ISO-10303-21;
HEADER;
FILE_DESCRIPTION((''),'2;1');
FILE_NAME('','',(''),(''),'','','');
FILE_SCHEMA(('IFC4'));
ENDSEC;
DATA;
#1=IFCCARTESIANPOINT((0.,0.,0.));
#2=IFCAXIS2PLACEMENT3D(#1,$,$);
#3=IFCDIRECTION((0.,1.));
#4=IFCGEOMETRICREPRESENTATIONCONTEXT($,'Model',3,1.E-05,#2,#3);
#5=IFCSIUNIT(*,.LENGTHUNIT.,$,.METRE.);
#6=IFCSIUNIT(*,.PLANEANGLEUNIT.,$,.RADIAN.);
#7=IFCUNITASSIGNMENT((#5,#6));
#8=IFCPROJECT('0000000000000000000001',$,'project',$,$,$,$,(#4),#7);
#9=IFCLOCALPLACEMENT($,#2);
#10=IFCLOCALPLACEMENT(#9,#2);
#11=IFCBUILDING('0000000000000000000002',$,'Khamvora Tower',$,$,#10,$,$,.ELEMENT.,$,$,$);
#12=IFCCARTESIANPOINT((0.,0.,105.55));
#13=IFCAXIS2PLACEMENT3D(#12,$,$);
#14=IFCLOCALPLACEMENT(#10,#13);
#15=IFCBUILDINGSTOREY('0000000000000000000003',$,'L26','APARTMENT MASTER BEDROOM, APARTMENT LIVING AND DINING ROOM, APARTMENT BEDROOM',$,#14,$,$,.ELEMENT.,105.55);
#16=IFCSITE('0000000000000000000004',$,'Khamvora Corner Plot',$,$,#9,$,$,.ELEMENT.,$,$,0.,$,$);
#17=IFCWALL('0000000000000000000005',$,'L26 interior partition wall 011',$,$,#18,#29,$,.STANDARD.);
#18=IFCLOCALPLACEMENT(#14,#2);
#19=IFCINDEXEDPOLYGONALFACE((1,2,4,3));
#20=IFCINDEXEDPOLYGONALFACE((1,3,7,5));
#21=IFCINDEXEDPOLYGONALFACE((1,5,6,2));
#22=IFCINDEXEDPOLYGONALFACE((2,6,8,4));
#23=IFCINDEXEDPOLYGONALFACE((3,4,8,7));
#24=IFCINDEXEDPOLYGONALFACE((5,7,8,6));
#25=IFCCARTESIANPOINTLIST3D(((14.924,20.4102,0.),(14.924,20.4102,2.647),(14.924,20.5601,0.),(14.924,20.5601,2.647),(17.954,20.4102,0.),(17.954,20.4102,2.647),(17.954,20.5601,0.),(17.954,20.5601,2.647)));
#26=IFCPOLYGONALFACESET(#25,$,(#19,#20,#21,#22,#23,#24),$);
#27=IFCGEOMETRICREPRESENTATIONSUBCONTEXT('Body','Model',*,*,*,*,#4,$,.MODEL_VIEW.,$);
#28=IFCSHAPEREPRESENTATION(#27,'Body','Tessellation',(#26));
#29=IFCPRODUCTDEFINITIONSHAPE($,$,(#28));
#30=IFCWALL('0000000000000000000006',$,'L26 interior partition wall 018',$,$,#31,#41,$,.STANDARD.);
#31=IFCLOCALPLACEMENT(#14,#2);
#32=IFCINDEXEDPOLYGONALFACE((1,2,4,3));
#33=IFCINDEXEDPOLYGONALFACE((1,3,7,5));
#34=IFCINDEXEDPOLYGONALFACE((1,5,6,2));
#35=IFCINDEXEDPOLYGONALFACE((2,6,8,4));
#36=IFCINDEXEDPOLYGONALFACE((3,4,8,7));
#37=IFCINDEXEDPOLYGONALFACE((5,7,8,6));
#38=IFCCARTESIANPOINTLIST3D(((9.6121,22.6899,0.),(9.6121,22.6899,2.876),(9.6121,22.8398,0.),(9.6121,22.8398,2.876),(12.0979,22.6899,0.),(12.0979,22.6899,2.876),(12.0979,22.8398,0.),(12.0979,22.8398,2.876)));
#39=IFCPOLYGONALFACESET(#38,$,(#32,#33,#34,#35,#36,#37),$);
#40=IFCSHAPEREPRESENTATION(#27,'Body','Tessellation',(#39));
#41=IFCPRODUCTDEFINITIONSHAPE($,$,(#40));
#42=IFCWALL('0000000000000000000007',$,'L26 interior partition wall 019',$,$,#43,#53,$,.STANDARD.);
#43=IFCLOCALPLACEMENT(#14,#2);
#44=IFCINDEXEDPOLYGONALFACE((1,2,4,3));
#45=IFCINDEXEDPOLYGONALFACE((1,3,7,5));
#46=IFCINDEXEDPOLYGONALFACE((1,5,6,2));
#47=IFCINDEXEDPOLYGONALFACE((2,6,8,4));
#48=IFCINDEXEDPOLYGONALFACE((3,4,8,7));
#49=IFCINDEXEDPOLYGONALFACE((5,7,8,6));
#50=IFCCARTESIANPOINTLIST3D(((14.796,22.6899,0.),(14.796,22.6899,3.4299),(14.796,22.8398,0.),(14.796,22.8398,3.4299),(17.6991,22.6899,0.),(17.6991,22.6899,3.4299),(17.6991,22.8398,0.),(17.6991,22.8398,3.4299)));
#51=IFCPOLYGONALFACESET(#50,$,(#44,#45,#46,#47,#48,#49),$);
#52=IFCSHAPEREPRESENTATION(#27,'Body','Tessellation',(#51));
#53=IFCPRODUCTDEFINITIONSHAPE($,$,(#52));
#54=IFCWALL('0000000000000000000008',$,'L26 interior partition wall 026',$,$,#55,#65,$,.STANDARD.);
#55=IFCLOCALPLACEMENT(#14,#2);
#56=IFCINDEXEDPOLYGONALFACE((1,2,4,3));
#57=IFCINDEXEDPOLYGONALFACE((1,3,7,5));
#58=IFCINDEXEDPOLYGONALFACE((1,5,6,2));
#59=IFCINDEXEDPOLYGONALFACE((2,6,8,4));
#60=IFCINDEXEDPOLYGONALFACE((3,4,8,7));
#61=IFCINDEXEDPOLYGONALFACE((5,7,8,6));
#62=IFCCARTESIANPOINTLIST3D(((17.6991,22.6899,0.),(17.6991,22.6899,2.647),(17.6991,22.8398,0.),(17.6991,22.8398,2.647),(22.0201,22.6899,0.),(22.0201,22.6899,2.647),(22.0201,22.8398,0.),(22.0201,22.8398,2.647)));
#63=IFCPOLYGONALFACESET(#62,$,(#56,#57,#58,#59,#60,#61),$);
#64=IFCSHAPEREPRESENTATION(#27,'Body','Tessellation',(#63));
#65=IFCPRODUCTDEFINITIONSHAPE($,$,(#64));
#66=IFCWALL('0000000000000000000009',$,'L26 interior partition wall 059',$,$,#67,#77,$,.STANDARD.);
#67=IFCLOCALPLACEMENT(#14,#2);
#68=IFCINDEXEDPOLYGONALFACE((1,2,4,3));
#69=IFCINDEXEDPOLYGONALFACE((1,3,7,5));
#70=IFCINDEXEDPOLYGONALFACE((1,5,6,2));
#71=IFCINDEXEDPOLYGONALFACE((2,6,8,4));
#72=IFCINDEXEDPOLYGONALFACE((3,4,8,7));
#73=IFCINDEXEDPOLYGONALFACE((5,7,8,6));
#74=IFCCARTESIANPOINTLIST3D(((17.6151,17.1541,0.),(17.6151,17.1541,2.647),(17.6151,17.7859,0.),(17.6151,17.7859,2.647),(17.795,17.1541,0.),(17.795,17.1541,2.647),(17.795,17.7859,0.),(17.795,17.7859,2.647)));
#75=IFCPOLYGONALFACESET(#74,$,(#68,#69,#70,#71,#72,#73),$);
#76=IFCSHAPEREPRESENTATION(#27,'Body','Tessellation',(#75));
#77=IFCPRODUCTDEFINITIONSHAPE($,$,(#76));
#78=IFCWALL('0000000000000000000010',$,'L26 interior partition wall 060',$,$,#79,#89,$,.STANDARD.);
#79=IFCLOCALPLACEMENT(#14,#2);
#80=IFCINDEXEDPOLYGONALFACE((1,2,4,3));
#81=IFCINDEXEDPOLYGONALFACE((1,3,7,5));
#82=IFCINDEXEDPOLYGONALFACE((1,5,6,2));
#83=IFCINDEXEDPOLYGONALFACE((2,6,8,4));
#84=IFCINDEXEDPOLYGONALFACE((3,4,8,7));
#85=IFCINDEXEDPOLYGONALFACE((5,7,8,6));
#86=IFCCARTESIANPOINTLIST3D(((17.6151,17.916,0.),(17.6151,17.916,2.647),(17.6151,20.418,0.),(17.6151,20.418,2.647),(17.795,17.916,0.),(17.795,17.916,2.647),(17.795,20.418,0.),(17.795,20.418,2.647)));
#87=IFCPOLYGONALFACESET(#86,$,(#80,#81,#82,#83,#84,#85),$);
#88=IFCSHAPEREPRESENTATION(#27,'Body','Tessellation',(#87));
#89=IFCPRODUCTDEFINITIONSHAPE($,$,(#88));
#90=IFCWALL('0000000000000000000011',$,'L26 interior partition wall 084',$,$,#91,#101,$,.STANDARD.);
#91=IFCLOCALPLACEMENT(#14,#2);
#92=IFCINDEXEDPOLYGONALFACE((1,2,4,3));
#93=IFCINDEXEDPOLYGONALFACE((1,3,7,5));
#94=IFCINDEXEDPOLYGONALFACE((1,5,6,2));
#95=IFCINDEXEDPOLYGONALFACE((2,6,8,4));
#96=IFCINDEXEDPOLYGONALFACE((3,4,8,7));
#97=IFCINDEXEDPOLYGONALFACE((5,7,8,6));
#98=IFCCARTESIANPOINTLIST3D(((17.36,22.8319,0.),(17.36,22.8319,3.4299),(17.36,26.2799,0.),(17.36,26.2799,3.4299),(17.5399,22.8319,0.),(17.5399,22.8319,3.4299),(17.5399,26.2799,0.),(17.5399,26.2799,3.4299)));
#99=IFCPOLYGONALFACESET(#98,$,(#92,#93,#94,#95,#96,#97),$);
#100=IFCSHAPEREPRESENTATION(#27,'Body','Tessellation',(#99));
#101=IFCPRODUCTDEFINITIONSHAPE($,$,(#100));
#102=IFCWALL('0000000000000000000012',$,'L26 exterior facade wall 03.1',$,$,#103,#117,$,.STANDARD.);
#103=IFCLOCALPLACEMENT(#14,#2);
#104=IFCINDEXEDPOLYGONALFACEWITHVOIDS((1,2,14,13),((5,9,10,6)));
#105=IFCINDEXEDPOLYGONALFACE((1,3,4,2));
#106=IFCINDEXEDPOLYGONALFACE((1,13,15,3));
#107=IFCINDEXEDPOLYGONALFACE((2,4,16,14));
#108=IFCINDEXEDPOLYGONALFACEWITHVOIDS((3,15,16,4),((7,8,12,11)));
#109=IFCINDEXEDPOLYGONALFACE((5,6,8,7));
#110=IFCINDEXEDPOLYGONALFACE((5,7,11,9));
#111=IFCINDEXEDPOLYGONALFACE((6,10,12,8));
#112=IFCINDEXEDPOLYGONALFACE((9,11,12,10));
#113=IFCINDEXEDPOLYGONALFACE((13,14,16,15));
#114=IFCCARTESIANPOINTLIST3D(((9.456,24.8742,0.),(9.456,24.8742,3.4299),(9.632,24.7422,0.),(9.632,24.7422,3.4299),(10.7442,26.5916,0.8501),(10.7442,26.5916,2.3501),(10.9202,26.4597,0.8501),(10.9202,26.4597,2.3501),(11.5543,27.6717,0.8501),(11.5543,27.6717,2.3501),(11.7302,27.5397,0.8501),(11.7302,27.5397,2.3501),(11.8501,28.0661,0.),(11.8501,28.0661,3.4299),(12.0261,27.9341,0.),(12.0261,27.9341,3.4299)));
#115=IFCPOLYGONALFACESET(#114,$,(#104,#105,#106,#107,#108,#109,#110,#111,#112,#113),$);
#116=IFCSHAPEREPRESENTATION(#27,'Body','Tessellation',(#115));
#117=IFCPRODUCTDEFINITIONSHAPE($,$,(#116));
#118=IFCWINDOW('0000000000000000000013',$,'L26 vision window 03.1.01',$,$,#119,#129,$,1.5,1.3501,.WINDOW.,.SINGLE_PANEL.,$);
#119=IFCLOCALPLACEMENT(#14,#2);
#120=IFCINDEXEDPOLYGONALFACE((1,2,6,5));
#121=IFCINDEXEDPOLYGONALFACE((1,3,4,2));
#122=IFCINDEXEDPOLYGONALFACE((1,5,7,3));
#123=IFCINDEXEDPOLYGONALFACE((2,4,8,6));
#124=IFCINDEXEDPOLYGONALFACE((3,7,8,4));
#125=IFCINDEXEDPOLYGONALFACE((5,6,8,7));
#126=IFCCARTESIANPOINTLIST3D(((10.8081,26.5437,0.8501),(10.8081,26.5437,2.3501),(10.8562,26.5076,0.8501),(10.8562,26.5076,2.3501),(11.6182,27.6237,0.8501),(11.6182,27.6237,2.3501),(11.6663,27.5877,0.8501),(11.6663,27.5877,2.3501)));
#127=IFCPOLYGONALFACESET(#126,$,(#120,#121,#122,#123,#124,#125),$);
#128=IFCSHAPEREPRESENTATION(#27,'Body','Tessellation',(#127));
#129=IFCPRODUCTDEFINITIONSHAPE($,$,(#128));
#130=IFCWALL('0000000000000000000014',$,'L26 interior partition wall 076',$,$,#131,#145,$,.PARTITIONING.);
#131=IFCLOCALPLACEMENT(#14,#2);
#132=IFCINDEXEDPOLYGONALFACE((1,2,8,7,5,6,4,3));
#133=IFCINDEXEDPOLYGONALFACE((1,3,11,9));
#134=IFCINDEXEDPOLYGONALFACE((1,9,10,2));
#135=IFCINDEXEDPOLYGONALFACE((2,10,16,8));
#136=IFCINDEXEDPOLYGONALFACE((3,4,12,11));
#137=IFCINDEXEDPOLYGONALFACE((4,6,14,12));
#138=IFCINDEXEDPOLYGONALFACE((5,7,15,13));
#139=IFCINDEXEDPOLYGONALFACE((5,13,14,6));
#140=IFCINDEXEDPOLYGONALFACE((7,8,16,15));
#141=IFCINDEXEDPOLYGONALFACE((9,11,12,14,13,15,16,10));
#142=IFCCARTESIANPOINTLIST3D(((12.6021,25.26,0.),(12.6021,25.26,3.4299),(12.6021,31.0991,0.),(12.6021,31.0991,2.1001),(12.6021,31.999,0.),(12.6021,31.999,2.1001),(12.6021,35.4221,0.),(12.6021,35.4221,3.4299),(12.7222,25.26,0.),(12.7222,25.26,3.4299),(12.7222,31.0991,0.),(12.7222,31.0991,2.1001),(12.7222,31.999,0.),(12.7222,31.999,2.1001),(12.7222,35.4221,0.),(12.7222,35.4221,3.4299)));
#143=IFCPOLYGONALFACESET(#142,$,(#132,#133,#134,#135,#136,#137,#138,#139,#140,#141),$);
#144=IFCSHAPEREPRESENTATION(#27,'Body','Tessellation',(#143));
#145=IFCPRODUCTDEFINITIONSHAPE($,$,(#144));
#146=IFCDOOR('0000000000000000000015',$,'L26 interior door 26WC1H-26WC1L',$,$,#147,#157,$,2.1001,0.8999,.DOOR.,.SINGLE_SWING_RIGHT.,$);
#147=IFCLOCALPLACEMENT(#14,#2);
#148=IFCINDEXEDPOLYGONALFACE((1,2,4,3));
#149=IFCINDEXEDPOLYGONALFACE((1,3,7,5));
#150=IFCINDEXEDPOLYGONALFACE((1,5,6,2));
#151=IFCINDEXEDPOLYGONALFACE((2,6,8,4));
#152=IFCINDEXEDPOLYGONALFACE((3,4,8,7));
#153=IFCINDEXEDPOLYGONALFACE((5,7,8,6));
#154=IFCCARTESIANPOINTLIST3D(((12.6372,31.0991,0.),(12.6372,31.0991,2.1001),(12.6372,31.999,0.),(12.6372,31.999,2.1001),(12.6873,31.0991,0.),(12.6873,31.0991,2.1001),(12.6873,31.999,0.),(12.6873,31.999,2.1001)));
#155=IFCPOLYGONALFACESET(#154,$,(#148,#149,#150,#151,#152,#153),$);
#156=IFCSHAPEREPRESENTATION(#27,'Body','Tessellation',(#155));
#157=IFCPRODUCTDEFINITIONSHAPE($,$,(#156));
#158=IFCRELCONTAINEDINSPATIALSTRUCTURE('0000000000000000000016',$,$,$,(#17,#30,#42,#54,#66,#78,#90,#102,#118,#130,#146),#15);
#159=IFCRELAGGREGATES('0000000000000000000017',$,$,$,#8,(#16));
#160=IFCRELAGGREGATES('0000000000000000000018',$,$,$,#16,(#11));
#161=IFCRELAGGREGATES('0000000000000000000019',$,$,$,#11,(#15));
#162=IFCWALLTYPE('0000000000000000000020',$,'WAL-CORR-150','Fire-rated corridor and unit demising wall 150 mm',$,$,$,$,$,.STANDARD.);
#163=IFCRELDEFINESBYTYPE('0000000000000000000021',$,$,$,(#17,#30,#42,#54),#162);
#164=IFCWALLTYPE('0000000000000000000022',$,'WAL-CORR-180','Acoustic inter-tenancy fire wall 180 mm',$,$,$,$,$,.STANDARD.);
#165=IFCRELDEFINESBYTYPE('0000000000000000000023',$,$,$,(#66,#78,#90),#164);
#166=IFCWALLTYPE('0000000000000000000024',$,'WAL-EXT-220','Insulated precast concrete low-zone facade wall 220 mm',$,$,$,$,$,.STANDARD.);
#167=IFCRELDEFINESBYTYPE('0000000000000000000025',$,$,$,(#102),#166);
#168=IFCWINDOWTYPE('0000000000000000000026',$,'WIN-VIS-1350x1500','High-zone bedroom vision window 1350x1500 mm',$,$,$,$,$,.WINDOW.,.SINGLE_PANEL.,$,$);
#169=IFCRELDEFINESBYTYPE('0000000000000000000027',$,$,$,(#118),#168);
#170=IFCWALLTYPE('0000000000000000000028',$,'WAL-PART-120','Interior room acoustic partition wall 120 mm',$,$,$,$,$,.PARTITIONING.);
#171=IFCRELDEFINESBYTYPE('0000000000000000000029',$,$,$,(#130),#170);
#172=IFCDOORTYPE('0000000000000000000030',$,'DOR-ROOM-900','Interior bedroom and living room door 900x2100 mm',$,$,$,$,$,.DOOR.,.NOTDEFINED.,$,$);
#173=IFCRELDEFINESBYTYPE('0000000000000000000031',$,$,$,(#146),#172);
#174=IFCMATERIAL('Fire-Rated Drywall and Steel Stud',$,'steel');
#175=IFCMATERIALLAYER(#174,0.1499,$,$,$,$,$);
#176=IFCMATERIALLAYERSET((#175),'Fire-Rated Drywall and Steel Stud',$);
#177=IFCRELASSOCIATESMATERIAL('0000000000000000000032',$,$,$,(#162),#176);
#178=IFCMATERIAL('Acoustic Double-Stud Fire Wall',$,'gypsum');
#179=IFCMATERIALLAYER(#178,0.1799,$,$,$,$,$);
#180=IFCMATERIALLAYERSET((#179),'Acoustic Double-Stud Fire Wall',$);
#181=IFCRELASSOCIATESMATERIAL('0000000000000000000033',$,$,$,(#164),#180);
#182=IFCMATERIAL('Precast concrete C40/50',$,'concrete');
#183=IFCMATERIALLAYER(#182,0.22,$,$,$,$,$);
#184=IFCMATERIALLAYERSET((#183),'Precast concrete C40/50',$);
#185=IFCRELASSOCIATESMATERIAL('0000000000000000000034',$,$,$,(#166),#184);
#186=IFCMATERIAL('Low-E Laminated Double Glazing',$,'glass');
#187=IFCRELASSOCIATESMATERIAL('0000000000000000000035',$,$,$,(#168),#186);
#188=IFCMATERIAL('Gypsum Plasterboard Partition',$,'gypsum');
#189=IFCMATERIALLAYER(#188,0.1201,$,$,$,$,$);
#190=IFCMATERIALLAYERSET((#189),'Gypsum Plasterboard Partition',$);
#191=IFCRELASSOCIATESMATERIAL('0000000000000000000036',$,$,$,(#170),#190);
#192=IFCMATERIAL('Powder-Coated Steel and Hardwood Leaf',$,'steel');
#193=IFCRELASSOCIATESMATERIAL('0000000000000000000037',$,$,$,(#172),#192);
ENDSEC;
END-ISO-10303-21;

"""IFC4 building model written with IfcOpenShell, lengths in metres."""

from ifc_helpers import new_model, si_unit, direction, frame, frame_2d, origin, place, context, subcontext, project, spatial, rectangle, extrude, material, layer, layer_set, type_object, element, fill, save


model = new_model("IFC4")

# Units and contexts
model_context = context("Model", 3, precision=1e-05, world=origin(), true_north=direction((0.0, 1.0)))
body_context = subcontext(model_context, "Body", "Model", "MODEL_VIEW")
ifc_project = project(units=[si_unit("LENGTHUNIT", "METRE"), si_unit("PLANEANGLEUNIT", "RADIAN")], contexts=[model_context])

# Site, building, storey
site_placement = place(None, origin())
site = spatial("IfcSite", under=ifc_project, at=site_placement, Name="Khamvora Corner Plot", CompositionType="ELEMENT", RefElevation=0.0)
building_placement = place(site_placement, origin())
building = spatial("IfcBuilding", under=site, at=building_placement, Name="Khamvora Tower", CompositionType="ELEMENT")
storey_placement = place(building_placement, frame((0.0, 0.0, 105.55)))
storey = spatial("IfcBuildingStorey", under=building, at=storey_placement, Name="L26", Description="APARTMENT MASTER BEDROOM, APARTMENT LIVING AND DINING ROOM, APARTMENT BEDROOM", CompositionType="ELEMENT", Elevation=105.55)

# Shared definitions
ifc_material_1 = material(Name="Fire-Rated Drywall and Steel Stud", Category="steel")
ifc_layer_1 = layer(ifc_material_1, 0.1499)
ifc_layer_set_1 = layer_set([ifc_layer_1], Name="Fire-Rated Drywall and Steel Stud")
wall_type_1 = type_object("IfcWallType", Name="WAL-CORR-150", Description="Fire-rated corridor and unit demising wall 150 mm", PredefinedType="STANDARD", material=ifc_layer_set_1)
ifc_material_2 = material(Name="Powder-Coated Steel and Hardwood Leaf", Category="steel")

# Wall
wall_1_placement = place(storey_placement, frame((17.9541, 20.4851, 0.0), z_axis=(0.0, 0.0, 1.0), x_axis=(-1.0, 0.0, 0.0)))
element("IfcWall", 1, at=wall_1_placement, inside=storey, type_object=wall_type_1, Name="L26 interior partition wall 011", PredefinedType="STANDARD", context=body_context, shape_type="SweptSolid", body=[
    extrude(rectangle(XDim=3.03, YDim=0.1499, at=frame_2d((1.5151, 0.0))), origin(), (0.0, 0.0, 1.0), 2.647),
])

# Walls
wall_2_placement = place(storey_placement, frame((9.6121, 22.7649, 0.0), z_axis=(0.0, 0.0, 1.0), x_axis=(1.0, 0.0, 0.0)))
element("IfcWall", 2, at=wall_2_placement, inside=storey, type_object=wall_type_1, Name="L26 interior partition wall 018", PredefinedType="STANDARD", context=body_context, shape_type="SweptSolid", body=[
    extrude(rectangle(XDim=2.4858, YDim=0.1499, at=frame_2d((1.2429, 0.0))), origin(), (0.0, 0.0, 1.0), 2.876),
])
wall_3_placement = place(storey_placement, frame((14.7959, 22.7649, 0.0), z_axis=(0.0, 0.0, 1.0), x_axis=(1.0, 0.0, 0.0)))
element("IfcWall", 3, at=wall_3_placement, inside=storey, type_object=wall_type_1, Name="L26 interior partition wall 019", PredefinedType="STANDARD", context=body_context, shape_type="SweptSolid", body=[
    extrude(rectangle(XDim=2.9031, YDim=0.1499, at=frame_2d((1.4517, 0.0))), origin(), (0.0, 0.0, 1.0), 3.4299),
])
wall_4_placement = place(storey_placement, frame((17.699, 22.7649, 0.0), z_axis=(0.0, 0.0, 1.0), x_axis=(1.0, 0.0, 0.0)))
element("IfcWall", 4, at=wall_4_placement, inside=storey, type_object=wall_type_1, Name="L26 interior partition wall 026", PredefinedType="STANDARD", context=body_context, shape_type="SweptSolid", body=[
    extrude(rectangle(XDim=4.321, YDim=0.1499, at=frame_2d((2.1606, 0.0))), origin(), (0.0, 0.0, 1.0), 2.647),
])
ifc_material_3 = material(Name="Acoustic Double-Stud Fire Wall", Category="gypsum")
ifc_layer_2 = layer(ifc_material_3, 0.1799)
ifc_layer_set_2 = layer_set([ifc_layer_2], Name="Acoustic Double-Stud Fire Wall")
wall_type_2 = type_object("IfcWallType", Name="WAL-CORR-180", Description="Acoustic inter-tenancy fire wall 180 mm", PredefinedType="STANDARD", material=ifc_layer_set_2)
wall_5_placement = place(storey_placement, frame((17.7051, 17.7859, 0.0), z_axis=(0.0, 0.0, 1.0), x_axis=(0.0, -1.0, 0.0)))
element("IfcWall", 5, at=wall_5_placement, inside=storey, type_object=wall_type_2, Name="L26 interior partition wall 059", PredefinedType="STANDARD", context=body_context, shape_type="SweptSolid", body=[
    extrude(rectangle(XDim=0.6318, YDim=0.1799, at=frame_2d((0.3159, 0.0))), origin(), (0.0, 0.0, 1.0), 2.647),
])
wall_6_placement = place(storey_placement, frame((17.7051, 20.418, 0.0), z_axis=(0.0, 0.0, 1.0), x_axis=(0.0, -1.0, 0.0)))
element("IfcWall", 6, at=wall_6_placement, inside=storey, type_object=wall_type_2, Name="L26 interior partition wall 060", PredefinedType="STANDARD", context=body_context, shape_type="SweptSolid", body=[
    extrude(rectangle(XDim=2.502, YDim=0.1799, at=frame_2d((1.251, 0.0))), origin(), (0.0, 0.0, 1.0), 2.647),
])
wall_7_placement = place(storey_placement, frame((17.45, 26.28, 0.0), z_axis=(0.0, 0.0, 1.0), x_axis=(0.0, -1.0, 0.0)))
element("IfcWall", 7, at=wall_7_placement, inside=storey, type_object=wall_type_2, Name="L26 interior partition wall 084", PredefinedType="STANDARD", context=body_context, shape_type="SweptSolid", body=[
    extrude(rectangle(XDim=3.448, YDim=0.1799, at=frame_2d((1.7241, 0.0))), origin(), (0.0, 0.0, 1.0), 3.4299),
])

# Wall, opening, window
ifc_material_4 = material(Name="Precast concrete C40/50", Category="concrete")
ifc_layer_3 = layer(ifc_material_4, 0.22)
ifc_layer_set_3 = layer_set([ifc_layer_3], Name="Precast concrete C40/50")
wall_type_3 = type_object("IfcWallType", Name="WAL-EXT-220", Description="Insulated precast concrete low-zone facade wall 220 mm", PredefinedType="STANDARD", material=ifc_layer_set_3)
wall_8_placement = place(storey_placement, frame((9.5439, 24.8081, 0.0), z_axis=(0.0, 0.0, 1.0), x_axis=(0.60002, 0.799985, 0.0)))
wall_8 = element("IfcWall", 8, at=wall_8_placement, inside=storey, type_object=wall_type_3, Name="L26 exterior facade wall 03.1", PredefinedType="STANDARD", context=body_context, shape_type="SweptSolid", body=[
    extrude(rectangle(XDim=3.99, YDim=0.22, at=frame_2d((1.9951, 0.0))), origin(), (0.0, 0.0, 1.0), 3.4299),
])
opening_1_placement = place(wall_8_placement, frame((2.147, 0.0, 0.8501)))
opening_1 = element("IfcOpeningElement", 9, at=opening_1_placement, cuts=wall_8, PredefinedType="OPENING", context=body_context, shape_type="SweptSolid", body=[
    extrude(rectangle(XDim=1.3501, YDim=1.5, at=frame_2d((0.675, 0.75))), frame((0.0, 0.1199, 0.0), z_axis=(0.0, -1.0, 0.0), x_axis=(1.0, 0.0, 0.0)), (0.0, 0.0, 1.0), 0.24),
])
ifc_material_5 = material(Name="Low-E Laminated Double Glazing", Category="glass")
window_type = type_object("IfcWindowType", Name="WIN-VIS-1350x1500", Description="High-zone bedroom vision window 1350x1500 mm", PartitioningType="SINGLE_PANEL", PredefinedType="WINDOW", material=ifc_material_5)
window_placement = place(opening_1_placement, origin())
window = element("IfcWindow", 10, at=window_placement, inside=storey, type_object=window_type, Name="L26 vision window 03.1.01", OverallHeight=1.5, OverallWidth=1.3501, PartitioningType="SINGLE_PANEL", PredefinedType="WINDOW", context=body_context, shape_type="SweptSolid", body=[
    extrude(rectangle(XDim=1.3501, YDim=1.5, at=frame_2d((0.675, 0.75))), frame((0.0, 0.03, 0.0), z_axis=(0.0, -1.0, 0.0), x_axis=(1.0, 0.0, 0.0)), (0.0, 0.0, 1.0), 0.0601),
])
fill(opening_1, window)

# Wall, opening, door
ifc_material_6 = material(Name="Gypsum Plasterboard Partition", Category="gypsum")
ifc_layer_4 = layer(ifc_material_6, 0.1201)
ifc_layer_set_4 = layer_set([ifc_layer_4], Name="Gypsum Plasterboard Partition")
wall_type_4 = type_object("IfcWallType", Name="WAL-PART-120", Description="Interior room acoustic partition wall 120 mm", PredefinedType="PARTITIONING", material=ifc_layer_set_4)
wall_9_placement = place(storey_placement, frame((12.6621, 25.26, 0.0), z_axis=(0.0, 0.0, 1.0), x_axis=(0.0, 1.0, 0.0)))
wall_9 = element("IfcWall", 11, at=wall_9_placement, inside=storey, type_object=wall_type_4, Name="L26 interior partition wall 076", PredefinedType="PARTITIONING", context=body_context, shape_type="SweptSolid", body=[
    extrude(rectangle(XDim=10.1621, YDim=0.1201, at=frame_2d((5.0811, 0.0))), origin(), (0.0, 0.0, 1.0), 3.4299),
])
opening_2_placement = place(wall_9_placement, frame((5.8391, 0.0, 0.0)))
opening_2 = element("IfcOpeningElement", 12, at=opening_2_placement, cuts=wall_9, PredefinedType="OPENING", context=body_context, shape_type="SweptSolid", body=[
    extrude(rectangle(XDim=0.8999, YDim=2.1001, at=frame_2d((0.45, 1.05))), frame((0.0, 0.0701, 0.0), z_axis=(0.0, -1.0, 0.0), x_axis=(1.0, 0.0, 0.0)), (0.0, 0.0, 1.0), 0.1401),
])
door_type_1 = type_object("IfcDoorType", Name="DOR-ROOM-900", Description="Interior bedroom and living room door 900x2100 mm", OperationType="NOTDEFINED", PredefinedType="DOOR", material=ifc_material_2)
door_1_placement = place(opening_2_placement, origin())
door_1 = element("IfcDoor", 13, at=door_1_placement, inside=storey, type_object=door_type_1, Name="L26 interior door 26WC1H-26WC1L", OperationType="SINGLE_SWING_RIGHT", OverallHeight=2.1001, OverallWidth=0.8999, PredefinedType="DOOR", context=body_context, shape_type="SweptSolid", body=[
    extrude(rectangle(XDim=0.8999, YDim=2.1001, at=frame_2d((0.45, 1.05))), frame((0.0, 0.0249, 0.0), z_axis=(0.0, -1.0, 0.0), x_axis=(1.0, 0.0, 0.0)), (0.0, 0.0, 1.0), 0.05),
])
fill(opening_2, door_1)

save(model, "model.ifc")
